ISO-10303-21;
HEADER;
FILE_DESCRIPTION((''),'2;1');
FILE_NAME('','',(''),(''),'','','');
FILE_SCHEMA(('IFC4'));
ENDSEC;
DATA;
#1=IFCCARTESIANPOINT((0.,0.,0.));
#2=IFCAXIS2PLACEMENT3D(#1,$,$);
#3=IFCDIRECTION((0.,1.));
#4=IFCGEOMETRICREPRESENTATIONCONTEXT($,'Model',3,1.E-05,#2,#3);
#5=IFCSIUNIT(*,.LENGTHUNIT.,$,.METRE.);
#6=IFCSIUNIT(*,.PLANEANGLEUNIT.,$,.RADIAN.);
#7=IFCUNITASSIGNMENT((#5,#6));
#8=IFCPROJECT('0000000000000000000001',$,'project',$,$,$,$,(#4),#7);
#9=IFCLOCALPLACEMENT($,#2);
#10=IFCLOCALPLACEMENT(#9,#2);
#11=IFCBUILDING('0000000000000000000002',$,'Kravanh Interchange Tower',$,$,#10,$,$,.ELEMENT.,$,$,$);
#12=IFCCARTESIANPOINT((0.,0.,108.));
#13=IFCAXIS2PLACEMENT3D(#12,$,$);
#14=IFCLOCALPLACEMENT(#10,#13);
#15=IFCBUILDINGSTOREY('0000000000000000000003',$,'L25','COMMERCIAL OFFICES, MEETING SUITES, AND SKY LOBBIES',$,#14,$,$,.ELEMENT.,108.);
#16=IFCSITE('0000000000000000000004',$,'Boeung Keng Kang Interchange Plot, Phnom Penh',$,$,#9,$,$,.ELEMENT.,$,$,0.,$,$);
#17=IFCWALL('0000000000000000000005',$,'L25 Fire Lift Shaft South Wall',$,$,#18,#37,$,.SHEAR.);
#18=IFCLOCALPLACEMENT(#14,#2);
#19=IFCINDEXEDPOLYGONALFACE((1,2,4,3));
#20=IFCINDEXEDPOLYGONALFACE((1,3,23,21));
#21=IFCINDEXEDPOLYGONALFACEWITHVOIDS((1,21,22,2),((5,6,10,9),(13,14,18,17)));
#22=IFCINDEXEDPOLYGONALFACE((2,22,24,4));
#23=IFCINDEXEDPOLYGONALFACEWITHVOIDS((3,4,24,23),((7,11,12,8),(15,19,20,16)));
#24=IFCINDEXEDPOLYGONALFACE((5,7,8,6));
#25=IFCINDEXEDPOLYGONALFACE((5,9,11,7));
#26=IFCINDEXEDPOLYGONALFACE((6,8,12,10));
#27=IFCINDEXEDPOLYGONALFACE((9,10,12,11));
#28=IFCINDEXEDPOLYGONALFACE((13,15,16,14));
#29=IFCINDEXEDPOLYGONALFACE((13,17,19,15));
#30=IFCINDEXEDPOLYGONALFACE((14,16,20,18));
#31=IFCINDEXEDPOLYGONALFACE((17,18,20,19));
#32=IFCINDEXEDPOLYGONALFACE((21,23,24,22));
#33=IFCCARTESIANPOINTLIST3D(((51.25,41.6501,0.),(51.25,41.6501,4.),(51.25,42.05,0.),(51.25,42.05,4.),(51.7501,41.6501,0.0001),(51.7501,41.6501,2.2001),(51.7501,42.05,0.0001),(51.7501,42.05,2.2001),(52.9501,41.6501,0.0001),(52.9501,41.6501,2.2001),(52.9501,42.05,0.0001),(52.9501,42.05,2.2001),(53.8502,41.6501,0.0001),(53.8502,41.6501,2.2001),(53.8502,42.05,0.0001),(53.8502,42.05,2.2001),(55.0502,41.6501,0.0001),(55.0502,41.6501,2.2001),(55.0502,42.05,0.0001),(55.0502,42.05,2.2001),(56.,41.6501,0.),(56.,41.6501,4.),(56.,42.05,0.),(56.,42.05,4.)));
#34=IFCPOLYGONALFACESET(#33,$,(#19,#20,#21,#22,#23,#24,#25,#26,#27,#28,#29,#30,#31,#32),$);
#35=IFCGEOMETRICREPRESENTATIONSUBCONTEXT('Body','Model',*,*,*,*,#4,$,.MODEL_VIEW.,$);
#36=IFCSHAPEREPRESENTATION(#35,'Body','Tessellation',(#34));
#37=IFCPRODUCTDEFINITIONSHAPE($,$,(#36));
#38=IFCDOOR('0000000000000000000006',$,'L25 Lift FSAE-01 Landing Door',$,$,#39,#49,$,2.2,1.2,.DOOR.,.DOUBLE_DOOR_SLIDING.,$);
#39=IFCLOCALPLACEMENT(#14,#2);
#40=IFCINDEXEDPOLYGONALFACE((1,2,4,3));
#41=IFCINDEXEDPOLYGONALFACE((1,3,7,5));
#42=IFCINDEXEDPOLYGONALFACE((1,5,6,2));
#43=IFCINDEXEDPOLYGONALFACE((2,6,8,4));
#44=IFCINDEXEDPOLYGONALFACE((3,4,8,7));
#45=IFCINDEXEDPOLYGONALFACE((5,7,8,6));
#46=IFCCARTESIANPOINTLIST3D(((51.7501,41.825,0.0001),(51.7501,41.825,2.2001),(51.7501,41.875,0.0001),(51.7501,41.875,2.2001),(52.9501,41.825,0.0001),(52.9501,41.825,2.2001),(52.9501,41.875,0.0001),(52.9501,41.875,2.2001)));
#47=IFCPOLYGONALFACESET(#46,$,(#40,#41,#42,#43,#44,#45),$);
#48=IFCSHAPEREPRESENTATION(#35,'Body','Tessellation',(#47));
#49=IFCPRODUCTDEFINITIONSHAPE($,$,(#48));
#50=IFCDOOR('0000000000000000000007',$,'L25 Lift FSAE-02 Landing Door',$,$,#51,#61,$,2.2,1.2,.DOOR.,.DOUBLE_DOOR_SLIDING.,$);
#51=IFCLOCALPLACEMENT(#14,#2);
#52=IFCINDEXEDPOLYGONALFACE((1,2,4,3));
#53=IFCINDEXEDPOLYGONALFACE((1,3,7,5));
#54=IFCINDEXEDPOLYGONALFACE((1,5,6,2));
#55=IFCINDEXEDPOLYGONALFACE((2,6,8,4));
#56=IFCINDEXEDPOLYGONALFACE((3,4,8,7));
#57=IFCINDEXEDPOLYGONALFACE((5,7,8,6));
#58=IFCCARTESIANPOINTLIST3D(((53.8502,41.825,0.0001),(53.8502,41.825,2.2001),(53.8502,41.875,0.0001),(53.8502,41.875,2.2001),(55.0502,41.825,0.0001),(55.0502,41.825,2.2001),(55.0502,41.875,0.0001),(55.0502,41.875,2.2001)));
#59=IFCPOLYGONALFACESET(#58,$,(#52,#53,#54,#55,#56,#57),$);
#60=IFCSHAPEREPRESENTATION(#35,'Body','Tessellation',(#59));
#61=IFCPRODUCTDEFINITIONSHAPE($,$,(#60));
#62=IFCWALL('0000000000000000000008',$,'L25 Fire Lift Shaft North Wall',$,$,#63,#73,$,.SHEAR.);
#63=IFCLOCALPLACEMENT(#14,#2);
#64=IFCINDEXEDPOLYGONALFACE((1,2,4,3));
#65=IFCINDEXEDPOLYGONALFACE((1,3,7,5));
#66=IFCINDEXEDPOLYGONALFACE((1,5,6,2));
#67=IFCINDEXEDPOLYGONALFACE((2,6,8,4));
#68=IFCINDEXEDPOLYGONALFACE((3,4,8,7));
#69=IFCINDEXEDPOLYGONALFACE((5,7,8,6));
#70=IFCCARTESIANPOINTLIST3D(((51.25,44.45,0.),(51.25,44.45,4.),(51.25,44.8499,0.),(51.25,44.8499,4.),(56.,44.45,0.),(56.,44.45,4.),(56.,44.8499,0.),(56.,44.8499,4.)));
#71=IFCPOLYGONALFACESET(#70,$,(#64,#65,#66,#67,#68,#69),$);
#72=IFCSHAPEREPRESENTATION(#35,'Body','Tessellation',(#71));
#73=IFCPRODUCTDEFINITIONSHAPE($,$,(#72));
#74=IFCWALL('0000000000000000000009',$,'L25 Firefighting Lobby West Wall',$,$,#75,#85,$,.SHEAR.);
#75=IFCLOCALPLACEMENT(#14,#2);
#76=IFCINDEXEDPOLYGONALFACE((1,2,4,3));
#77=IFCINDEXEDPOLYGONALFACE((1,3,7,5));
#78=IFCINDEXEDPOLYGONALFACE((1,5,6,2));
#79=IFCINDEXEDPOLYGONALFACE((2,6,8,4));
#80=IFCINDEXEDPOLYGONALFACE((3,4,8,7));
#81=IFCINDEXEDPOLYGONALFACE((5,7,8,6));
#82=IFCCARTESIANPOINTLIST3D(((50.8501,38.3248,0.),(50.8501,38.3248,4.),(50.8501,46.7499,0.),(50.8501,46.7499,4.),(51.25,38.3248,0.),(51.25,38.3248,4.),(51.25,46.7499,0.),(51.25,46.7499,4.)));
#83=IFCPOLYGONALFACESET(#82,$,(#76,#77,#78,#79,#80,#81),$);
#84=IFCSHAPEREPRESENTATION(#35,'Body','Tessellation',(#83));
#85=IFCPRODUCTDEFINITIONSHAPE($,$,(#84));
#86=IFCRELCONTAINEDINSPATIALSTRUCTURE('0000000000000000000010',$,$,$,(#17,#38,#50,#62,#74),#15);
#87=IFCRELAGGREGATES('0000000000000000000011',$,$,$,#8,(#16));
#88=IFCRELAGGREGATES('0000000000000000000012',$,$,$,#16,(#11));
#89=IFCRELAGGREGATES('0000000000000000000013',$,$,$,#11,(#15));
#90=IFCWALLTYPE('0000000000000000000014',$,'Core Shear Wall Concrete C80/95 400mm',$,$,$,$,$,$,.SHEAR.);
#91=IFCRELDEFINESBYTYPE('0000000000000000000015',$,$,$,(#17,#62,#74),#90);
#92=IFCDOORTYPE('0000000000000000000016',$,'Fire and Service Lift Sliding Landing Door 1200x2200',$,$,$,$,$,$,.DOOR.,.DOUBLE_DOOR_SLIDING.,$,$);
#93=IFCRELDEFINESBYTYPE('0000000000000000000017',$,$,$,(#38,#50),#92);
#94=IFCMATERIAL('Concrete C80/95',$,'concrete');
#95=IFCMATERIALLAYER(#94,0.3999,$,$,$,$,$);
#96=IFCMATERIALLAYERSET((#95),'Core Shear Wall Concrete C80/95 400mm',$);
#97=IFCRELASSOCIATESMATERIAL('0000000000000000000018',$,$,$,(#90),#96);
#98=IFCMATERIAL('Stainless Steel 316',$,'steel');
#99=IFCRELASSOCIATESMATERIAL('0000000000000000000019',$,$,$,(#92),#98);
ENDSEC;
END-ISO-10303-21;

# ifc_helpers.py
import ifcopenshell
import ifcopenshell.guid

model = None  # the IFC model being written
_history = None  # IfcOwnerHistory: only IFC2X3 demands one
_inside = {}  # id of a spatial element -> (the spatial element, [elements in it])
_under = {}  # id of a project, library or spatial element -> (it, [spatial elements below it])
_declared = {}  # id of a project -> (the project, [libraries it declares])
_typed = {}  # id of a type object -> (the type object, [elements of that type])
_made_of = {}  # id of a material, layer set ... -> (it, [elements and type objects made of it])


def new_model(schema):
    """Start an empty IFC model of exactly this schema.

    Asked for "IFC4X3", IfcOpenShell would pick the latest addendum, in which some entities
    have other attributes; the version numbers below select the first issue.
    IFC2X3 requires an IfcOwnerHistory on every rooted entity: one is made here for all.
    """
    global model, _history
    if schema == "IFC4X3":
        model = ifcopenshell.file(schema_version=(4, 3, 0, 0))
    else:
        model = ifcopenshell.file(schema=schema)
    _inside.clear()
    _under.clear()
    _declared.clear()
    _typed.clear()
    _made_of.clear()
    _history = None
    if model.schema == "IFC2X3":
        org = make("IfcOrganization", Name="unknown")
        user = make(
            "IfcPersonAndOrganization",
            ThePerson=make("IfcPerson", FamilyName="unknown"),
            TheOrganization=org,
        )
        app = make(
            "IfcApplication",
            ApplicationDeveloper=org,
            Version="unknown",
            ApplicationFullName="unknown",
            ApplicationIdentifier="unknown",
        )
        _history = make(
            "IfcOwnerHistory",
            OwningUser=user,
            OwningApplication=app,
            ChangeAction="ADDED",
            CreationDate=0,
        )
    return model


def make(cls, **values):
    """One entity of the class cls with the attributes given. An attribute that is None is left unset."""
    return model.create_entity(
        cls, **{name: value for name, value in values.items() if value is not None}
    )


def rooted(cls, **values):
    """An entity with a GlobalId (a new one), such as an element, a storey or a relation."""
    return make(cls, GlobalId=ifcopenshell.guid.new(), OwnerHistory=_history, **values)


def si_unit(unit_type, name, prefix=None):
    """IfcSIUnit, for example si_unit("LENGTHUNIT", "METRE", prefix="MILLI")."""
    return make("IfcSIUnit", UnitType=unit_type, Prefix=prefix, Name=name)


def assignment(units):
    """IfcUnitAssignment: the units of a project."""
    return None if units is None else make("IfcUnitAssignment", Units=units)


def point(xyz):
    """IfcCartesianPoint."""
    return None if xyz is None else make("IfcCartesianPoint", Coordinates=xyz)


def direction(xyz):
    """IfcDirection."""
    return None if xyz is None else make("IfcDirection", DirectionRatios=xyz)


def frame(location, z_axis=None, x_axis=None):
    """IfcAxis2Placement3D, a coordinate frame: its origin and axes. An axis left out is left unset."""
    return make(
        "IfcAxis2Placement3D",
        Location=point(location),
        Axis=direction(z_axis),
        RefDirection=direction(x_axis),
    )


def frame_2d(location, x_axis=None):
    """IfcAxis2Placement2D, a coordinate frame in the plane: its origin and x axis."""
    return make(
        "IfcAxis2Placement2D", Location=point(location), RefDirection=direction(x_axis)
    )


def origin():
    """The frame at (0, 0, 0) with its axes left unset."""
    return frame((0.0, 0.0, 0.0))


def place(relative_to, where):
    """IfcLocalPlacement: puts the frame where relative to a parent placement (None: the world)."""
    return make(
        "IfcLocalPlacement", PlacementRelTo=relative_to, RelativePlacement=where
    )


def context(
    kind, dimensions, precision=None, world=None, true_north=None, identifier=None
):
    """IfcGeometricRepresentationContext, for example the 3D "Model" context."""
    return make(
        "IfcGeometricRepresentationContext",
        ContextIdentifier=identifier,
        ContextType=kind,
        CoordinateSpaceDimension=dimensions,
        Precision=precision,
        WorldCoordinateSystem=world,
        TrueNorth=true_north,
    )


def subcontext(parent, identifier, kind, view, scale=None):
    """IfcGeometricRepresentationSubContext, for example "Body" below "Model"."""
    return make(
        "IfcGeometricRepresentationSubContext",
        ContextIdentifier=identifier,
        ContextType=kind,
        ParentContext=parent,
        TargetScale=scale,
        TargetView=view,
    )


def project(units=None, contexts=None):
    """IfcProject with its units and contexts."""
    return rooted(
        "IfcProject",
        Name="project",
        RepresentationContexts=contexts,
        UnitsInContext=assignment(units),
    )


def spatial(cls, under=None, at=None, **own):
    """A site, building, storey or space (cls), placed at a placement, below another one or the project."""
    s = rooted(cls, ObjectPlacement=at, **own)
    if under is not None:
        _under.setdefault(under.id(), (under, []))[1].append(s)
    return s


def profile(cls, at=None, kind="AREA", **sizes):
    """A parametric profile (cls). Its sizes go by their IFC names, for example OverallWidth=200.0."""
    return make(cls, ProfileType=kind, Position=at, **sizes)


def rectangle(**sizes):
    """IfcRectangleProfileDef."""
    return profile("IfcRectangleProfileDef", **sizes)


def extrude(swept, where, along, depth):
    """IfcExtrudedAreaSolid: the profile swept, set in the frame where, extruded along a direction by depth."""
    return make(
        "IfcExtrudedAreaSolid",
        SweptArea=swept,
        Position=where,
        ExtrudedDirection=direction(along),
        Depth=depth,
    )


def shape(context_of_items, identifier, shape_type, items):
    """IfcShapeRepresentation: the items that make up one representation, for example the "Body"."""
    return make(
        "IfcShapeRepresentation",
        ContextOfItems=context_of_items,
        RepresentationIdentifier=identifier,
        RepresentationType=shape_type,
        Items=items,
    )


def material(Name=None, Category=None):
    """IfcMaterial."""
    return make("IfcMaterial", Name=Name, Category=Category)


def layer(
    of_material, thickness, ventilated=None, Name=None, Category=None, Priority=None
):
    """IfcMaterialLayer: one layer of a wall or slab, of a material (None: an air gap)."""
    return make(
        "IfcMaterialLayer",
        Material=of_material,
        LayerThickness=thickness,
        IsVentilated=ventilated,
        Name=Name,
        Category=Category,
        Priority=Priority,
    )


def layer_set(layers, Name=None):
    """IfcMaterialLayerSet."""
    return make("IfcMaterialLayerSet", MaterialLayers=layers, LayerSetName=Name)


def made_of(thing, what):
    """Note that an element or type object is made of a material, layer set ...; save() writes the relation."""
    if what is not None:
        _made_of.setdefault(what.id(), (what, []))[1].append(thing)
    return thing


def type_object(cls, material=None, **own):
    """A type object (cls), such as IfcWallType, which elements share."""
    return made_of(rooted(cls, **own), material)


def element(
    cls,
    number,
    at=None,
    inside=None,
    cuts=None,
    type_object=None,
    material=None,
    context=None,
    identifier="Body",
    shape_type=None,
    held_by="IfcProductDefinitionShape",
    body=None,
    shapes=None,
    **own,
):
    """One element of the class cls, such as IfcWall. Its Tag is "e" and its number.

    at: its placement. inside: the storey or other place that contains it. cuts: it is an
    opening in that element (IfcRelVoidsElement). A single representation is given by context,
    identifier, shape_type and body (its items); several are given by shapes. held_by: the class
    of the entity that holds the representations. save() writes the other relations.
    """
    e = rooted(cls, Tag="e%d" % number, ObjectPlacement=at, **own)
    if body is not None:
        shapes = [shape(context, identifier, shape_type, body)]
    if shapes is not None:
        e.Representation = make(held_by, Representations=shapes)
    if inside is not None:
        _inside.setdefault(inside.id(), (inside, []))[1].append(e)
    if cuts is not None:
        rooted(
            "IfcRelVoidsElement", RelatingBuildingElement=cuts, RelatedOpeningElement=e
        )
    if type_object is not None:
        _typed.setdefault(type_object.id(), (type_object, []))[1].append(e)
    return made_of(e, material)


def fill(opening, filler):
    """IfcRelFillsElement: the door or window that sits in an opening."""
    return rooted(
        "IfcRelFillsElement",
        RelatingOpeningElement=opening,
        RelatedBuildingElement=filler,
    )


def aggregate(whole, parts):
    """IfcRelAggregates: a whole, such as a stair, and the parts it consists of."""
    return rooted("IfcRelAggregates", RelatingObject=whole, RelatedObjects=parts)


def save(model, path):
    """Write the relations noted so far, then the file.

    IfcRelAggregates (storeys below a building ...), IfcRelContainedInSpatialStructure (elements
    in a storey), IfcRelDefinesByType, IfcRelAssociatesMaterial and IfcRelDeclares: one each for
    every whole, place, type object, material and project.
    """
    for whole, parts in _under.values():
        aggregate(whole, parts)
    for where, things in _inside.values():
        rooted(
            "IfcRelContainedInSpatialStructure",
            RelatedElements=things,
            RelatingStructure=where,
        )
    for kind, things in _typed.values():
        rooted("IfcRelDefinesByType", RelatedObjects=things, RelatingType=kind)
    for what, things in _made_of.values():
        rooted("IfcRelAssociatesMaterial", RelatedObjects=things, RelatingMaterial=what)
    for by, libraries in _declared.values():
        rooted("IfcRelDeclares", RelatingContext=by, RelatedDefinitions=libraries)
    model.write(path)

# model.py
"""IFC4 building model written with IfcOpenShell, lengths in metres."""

from ifc_helpers import new_model, si_unit, direction, frame, frame_2d, origin, place, context, subcontext, project, spatial, rectangle, extrude, material, layer, layer_set, type_object, element, fill, save


model = new_model("IFC4")

# Units and contexts
model_context = context("Model", 3, precision=1e-05, world=origin(), true_north=direction((0.0, 1.0)))
body_context = subcontext(model_context, "Body", "Model", "MODEL_VIEW")
ifc_project = project(units=[si_unit("LENGTHUNIT", "METRE"), si_unit("PLANEANGLEUNIT", "RADIAN")], contexts=[model_context])

# Site, building, storey
site_placement = place(None, origin())
site = spatial("IfcSite", under=ifc_project, at=site_placement, Name="Boeung Keng Kang Interchange Plot, Phnom Penh", CompositionType="ELEMENT", RefElevation=0.0)
building_placement = place(site_placement, origin())
building = spatial("IfcBuilding", under=site, at=building_placement, Name="Kravanh Interchange Tower", CompositionType="ELEMENT")
storey_placement = place(building_placement, frame((0.0, 0.0, 108.0)))
storey = spatial("IfcBuildingStorey", under=building, at=storey_placement, Name="L25", Description="COMMERCIAL OFFICES, MEETING SUITES, AND SKY LOBBIES", CompositionType="ELEMENT", Elevation=108.0)

# Wall, openings, doors
ifc_material_1 = material(Name="Concrete C80/95", Category="concrete")
ifc_layer_1 = layer(ifc_material_1, 0.3999)
ifc_layer_set_1 = layer_set([ifc_layer_1], Name="Core Shear Wall Concrete C80/95 400mm")
wall_type_1 = type_object("IfcWallType", Name="Core Shear Wall Concrete C80/95 400mm", PredefinedType="SHEAR", material=ifc_layer_set_1)
wall_1_placement = place(storey_placement, frame((51.25, 41.8501, 0.0), z_axis=(0.0, 0.0, 1.0), x_axis=(1.0, 0.0, 0.0)))
wall_1 = element("IfcWall", 1, at=wall_1_placement, inside=storey, type_object=wall_type_1, Name="L25 Fire Lift Shaft South Wall", PredefinedType="SHEAR", context=body_context, shape_type="SweptSolid", body=[
    extrude(rectangle(XDim=4.75, YDim=0.3999, at=frame_2d((2.375, 0.0))), origin(), (0.0, 0.0, 1.0), 4.0),
])
opening_1_placement = place(wall_1_placement, frame((0.5, 0.0, 0.0)))
opening_1 = element("IfcOpeningElement", 2, at=opening_1_placement, cuts=wall_1, PredefinedType="OPENING", context=body_context, shape_type="SweptSolid", body=[
    extrude(rectangle(XDim=1.2, YDim=2.2, at=frame_2d((0.6001, 1.1001))), frame((0.0, 0.21, 0.0), z_axis=(0.0, -1.0, 0.0), x_axis=(1.0, 0.0, 0.0)), (0.0, 0.0, 1.0), 0.4199),
])
opening_2_placement = place(wall_1_placement, frame((2.6001, 0.0, 0.0)))
opening_2 = element("IfcOpeningElement", 3, at=opening_2_placement, cuts=wall_1, PredefinedType="OPENING", context=body_context, shape_type="SweptSolid", body=[
    extrude(rectangle(XDim=1.2, YDim=2.2, at=frame_2d((0.6001, 1.1001))), frame((0.0, 0.21, 0.0), z_axis=(0.0, -1.0, 0.0), x_axis=(1.0, 0.0, 0.0)), (0.0, 0.0, 1.0), 0.4199),
])
ifc_material_2 = material(Name="Stainless Steel 316", Category="steel")
door_type_1 = type_object("IfcDoorType", Name="Fire and Service Lift Sliding Landing Door 1200x2200", OperationType="DOUBLE_DOOR_SLIDING", PredefinedType="DOOR", material=ifc_material_2)
door_1_placement = place(opening_1_placement, origin())
door_1 = element("IfcDoor", 4, at=door_1_placement, inside=storey, type_object=door_type_1, Name="L25 Lift FSAE-01 Landing Door", OperationType="DOUBLE_DOOR_SLIDING", OverallHeight=2.2, OverallWidth=1.2, PredefinedType="DOOR", context=body_context, shape_type="SweptSolid", body=[
    extrude(rectangle(XDim=1.2, YDim=2.2, at=frame_2d((0.6001, 1.1001))), frame((0.0, 0.0249, 0.0), z_axis=(0.0, -1.0, 0.0), x_axis=(1.0, 0.0, 0.0)), (0.0, 0.0, 1.0), 0.05),
])
fill(opening_1, door_1)
door_2_placement = place(opening_2_placement, origin())
door_2 = element("IfcDoor", 5, at=door_2_placement, inside=storey, type_object=door_type_1, Name="L25 Lift FSAE-02 Landing Door", OperationType="DOUBLE_DOOR_SLIDING", OverallHeight=2.2, OverallWidth=1.2, PredefinedType="DOOR", context=body_context, shape_type="SweptSolid", body=[
    extrude(rectangle(XDim=1.2, YDim=2.2, at=frame_2d((0.6001, 1.1001))), frame((0.0, 0.0249, 0.0), z_axis=(0.0, -1.0, 0.0), x_axis=(1.0, 0.0, 0.0)), (0.0, 0.0, 1.0), 0.05),
])
fill(opening_2, door_2)

# Walls
wall_2_placement = place(storey_placement, frame((51.25, 44.6499, 0.0), z_axis=(0.0, 0.0, 1.0), x_axis=(1.0, 0.0, 0.0)))
element("IfcWall", 6, at=wall_2_placement, inside=storey, type_object=wall_type_1, Name="L25 Fire Lift Shaft North Wall", PredefinedType="SHEAR", context=body_context, shape_type="SweptSolid", body=[
    extrude(rectangle(XDim=4.75, YDim=0.3999, at=frame_2d((2.375, 0.0))), origin(), (0.0, 0.0, 1.0), 4.0),
])
wall_3_placement = place(storey_placement, frame((51.05, 38.325, 0.0), z_axis=(0.0, 0.0, 1.0), x_axis=(0.0, 1.0, 0.0)))
element("IfcWall", 7, at=wall_3_placement, inside=storey, type_object=wall_type_1, Name="L25 Firefighting Lobby West Wall", PredefinedType="SHEAR", context=body_context, shape_type="SweptSolid", body=[
    extrude(rectangle(XDim=8.425, YDim=0.3999, at=frame_2d((4.2124, 0.0))), origin(), (0.0, 0.0, 1.0), 4.0),
])

save(model, "model.ifc")
